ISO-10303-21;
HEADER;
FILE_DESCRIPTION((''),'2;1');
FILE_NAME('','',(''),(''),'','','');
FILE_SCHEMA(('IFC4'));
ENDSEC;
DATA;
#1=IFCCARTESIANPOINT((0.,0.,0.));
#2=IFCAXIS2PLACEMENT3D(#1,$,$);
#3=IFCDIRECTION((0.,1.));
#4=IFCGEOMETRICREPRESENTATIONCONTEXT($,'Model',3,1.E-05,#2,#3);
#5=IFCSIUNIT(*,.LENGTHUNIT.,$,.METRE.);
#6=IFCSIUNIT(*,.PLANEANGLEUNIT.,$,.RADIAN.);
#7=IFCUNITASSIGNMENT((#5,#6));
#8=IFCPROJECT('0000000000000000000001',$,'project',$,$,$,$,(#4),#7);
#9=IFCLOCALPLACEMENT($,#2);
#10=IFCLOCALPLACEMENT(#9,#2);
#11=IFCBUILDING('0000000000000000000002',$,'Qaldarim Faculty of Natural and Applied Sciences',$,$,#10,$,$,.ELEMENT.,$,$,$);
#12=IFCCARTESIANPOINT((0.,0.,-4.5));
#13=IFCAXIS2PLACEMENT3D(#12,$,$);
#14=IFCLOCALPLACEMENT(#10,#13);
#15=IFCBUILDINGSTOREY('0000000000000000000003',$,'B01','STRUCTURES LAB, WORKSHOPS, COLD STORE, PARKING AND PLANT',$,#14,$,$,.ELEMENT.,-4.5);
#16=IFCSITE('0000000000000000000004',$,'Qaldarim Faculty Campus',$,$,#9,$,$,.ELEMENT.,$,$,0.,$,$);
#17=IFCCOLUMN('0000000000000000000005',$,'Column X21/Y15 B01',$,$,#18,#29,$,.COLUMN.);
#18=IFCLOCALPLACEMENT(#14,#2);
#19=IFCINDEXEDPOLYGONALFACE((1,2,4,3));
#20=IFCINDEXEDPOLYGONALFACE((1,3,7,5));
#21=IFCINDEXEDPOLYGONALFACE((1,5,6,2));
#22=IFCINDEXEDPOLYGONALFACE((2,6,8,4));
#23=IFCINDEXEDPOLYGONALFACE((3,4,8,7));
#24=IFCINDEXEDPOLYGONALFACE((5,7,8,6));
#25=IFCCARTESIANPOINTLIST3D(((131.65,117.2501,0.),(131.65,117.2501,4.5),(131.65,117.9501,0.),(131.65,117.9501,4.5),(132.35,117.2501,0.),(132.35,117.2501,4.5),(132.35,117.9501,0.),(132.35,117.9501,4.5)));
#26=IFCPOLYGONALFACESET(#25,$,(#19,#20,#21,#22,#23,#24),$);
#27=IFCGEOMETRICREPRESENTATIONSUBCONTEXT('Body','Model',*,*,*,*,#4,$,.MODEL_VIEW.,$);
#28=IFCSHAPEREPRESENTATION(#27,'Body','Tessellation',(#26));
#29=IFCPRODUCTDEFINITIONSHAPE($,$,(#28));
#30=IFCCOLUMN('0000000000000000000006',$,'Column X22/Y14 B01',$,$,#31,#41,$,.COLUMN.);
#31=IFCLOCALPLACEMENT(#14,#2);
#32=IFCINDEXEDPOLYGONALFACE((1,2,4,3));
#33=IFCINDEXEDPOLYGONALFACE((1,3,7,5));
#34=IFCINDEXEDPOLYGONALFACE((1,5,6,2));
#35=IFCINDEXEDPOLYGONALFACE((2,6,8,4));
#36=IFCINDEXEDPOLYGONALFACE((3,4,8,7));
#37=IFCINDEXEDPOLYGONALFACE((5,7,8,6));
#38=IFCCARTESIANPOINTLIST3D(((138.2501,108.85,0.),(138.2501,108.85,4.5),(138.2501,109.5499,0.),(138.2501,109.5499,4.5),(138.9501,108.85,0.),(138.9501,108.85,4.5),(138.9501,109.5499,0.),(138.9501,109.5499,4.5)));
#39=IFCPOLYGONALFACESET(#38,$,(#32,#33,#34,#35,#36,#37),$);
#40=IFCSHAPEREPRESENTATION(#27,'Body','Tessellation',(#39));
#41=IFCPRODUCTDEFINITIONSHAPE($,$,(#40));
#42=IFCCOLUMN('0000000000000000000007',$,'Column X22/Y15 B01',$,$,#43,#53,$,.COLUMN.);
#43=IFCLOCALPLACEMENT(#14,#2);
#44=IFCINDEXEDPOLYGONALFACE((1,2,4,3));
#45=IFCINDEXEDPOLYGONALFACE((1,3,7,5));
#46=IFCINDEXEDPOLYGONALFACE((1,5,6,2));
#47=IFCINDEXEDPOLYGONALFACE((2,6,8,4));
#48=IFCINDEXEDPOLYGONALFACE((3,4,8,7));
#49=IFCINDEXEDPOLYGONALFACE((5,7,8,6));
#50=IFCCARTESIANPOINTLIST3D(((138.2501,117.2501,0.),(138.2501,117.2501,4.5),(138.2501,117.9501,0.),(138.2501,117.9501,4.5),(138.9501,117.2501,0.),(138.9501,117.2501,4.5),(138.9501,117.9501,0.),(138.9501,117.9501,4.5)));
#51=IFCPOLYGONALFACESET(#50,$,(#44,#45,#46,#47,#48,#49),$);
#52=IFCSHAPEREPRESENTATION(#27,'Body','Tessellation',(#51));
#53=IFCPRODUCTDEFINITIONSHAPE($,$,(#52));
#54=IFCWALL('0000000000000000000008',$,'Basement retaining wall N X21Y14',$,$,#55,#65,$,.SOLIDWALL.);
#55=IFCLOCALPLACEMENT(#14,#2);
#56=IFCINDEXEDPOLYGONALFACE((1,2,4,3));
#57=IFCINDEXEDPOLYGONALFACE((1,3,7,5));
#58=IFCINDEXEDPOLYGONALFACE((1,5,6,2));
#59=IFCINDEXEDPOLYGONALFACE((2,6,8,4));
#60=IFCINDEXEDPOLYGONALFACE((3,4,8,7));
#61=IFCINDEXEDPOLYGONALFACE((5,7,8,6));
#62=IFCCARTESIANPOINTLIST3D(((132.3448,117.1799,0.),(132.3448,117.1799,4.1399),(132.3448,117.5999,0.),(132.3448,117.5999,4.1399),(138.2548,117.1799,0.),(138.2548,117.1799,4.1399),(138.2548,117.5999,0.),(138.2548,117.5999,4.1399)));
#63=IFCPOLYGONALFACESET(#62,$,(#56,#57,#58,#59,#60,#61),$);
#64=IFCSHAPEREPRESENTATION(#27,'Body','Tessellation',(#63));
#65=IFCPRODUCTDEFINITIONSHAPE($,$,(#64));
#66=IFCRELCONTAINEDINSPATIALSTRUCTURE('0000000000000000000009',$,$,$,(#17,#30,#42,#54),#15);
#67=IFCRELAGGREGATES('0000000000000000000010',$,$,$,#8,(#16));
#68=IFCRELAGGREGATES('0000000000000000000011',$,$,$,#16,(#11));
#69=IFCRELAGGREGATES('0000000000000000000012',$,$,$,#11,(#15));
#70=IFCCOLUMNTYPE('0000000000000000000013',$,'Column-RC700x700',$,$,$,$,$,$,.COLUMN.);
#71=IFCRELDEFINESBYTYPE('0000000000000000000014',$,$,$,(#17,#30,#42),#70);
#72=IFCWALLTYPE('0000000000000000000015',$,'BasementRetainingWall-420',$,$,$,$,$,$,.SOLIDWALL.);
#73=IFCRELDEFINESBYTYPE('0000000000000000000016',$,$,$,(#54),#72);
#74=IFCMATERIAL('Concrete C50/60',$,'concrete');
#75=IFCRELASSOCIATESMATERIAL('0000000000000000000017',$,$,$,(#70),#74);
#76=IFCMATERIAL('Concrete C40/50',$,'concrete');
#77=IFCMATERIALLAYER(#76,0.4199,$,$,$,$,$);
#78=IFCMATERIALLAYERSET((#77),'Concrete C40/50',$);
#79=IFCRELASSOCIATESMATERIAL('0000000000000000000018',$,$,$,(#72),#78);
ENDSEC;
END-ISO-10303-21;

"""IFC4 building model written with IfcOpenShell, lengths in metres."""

from ifc_helpers import new_model, si_unit, direction, frame, frame_2d, origin, origin_2d, place, context, subcontext, project, spatial, rectangle, extrude, material, layer, layer_set, material_profile, profile_set, type_object, element, save


model = new_model("IFC4")

# Units and contexts
model_context = context("Model", 3, precision=1e-05, world=origin(), true_north=direction((0.0, 1.0)))
body_context = subcontext(model_context, "Body", "Model", "MODEL_VIEW")
ifc_project = project(units=[si_unit("LENGTHUNIT", "METRE"), si_unit("PLANEANGLEUNIT", "RADIAN")], contexts=[model_context])

# Site, building, storey
site_placement = place(None, origin())
site = spatial("IfcSite", under=ifc_project, at=site_placement, Name="Qaldarim Faculty Campus", CompositionType="ELEMENT", RefElevation=0.0)
building_placement = place(site_placement, origin())
building = spatial("IfcBuilding", under=site, at=building_placement, Name="Qaldarim Faculty of Natural and Applied Sciences", CompositionType="ELEMENT")
storey_placement = place(building_placement, frame((0.0, 0.0, -4.5)))
storey = spatial("IfcBuildingStorey", under=building, at=storey_placement, Name="B01", Description="STRUCTURES LAB, WORKSHOPS, COLD STORE, PARKING AND PLANT", CompositionType="ELEMENT", Elevation=-4.5)

# Shared definitions
ifc_material_1 = material(Name="Concrete C40/50", Category="concrete")

# Columns
ifc_material_2 = material(Name="Concrete C50/60", Category="concrete")
ifc_material_profile_1 = material_profile(ifc_material_2, rectangle(XDim=0.7, YDim=0.7, at=origin_2d()), Name="RC-C700x700")
ifc_profile_set_1 = profile_set([ifc_material_profile_1], Name="Concrete C50/60")
column_type_1 = type_object("IfcColumnType", Name="Column-RC700x700", PredefinedType="COLUMN", material=ifc_profile_set_1)
for number, where, z_axis, x_axis, name in (
    (1, (132.0, 117.6001, 0.0), (0.0, 0.0, 1.0), (1.0, 0.0, 0.0), "Column X21/Y15 B01"),
    (2, (138.6001, 109.2, 0.0), (0.0, 0.0, 1.0), (1.0, 0.0, 0.0), "Column X22/Y14 B01"),
    (3, (138.6001, 117.6001, 0.0), (0.0, 0.0, 1.0), (1.0, 0.0, 0.0), "Column X22/Y15 B01"),
):
    element("IfcColumn", number, at=place(storey_placement, frame(where, z_axis=z_axis, x_axis=x_axis)), inside=storey, type_object=column_type_1, Name=name, PredefinedType="COLUMN", context=body_context, shape_type="SweptSolid", body=[
        extrude(rectangle(XDim=0.7, YDim=0.7, at=origin_2d()), origin(), (0.0, 0.0, 1.0), 4.5),
    ])

# Wall
ifc_layer_1 = layer(ifc_material_1, 0.4199)
ifc_layer_set_1 = layer_set([ifc_layer_1], Name="Concrete C40/50")
wall_type = type_object("IfcWallType", Name="BasementRetainingWall-420", PredefinedType="SOLIDWALL", material=ifc_layer_set_1)
wall_placement = place(storey_placement, frame((138.2549, 117.3899, 0.0), z_axis=(0.0, 0.0, 1.0), x_axis=(-1.0, 0.0, 0.0)))
element("IfcWall", 4, at=wall_placement, inside=storey, type_object=wall_type, Name="Basement retaining wall N X21Y14", PredefinedType="SOLIDWALL", context=body_context, shape_type="SweptSolid", body=[
    extrude(rectangle(XDim=5.9099, YDim=0.4199, at=frame_2d((2.9551, 0.0))), origin(), (0.0, 0.0, 1.0), 4.1399),
])

save(model, "model.ifc")
